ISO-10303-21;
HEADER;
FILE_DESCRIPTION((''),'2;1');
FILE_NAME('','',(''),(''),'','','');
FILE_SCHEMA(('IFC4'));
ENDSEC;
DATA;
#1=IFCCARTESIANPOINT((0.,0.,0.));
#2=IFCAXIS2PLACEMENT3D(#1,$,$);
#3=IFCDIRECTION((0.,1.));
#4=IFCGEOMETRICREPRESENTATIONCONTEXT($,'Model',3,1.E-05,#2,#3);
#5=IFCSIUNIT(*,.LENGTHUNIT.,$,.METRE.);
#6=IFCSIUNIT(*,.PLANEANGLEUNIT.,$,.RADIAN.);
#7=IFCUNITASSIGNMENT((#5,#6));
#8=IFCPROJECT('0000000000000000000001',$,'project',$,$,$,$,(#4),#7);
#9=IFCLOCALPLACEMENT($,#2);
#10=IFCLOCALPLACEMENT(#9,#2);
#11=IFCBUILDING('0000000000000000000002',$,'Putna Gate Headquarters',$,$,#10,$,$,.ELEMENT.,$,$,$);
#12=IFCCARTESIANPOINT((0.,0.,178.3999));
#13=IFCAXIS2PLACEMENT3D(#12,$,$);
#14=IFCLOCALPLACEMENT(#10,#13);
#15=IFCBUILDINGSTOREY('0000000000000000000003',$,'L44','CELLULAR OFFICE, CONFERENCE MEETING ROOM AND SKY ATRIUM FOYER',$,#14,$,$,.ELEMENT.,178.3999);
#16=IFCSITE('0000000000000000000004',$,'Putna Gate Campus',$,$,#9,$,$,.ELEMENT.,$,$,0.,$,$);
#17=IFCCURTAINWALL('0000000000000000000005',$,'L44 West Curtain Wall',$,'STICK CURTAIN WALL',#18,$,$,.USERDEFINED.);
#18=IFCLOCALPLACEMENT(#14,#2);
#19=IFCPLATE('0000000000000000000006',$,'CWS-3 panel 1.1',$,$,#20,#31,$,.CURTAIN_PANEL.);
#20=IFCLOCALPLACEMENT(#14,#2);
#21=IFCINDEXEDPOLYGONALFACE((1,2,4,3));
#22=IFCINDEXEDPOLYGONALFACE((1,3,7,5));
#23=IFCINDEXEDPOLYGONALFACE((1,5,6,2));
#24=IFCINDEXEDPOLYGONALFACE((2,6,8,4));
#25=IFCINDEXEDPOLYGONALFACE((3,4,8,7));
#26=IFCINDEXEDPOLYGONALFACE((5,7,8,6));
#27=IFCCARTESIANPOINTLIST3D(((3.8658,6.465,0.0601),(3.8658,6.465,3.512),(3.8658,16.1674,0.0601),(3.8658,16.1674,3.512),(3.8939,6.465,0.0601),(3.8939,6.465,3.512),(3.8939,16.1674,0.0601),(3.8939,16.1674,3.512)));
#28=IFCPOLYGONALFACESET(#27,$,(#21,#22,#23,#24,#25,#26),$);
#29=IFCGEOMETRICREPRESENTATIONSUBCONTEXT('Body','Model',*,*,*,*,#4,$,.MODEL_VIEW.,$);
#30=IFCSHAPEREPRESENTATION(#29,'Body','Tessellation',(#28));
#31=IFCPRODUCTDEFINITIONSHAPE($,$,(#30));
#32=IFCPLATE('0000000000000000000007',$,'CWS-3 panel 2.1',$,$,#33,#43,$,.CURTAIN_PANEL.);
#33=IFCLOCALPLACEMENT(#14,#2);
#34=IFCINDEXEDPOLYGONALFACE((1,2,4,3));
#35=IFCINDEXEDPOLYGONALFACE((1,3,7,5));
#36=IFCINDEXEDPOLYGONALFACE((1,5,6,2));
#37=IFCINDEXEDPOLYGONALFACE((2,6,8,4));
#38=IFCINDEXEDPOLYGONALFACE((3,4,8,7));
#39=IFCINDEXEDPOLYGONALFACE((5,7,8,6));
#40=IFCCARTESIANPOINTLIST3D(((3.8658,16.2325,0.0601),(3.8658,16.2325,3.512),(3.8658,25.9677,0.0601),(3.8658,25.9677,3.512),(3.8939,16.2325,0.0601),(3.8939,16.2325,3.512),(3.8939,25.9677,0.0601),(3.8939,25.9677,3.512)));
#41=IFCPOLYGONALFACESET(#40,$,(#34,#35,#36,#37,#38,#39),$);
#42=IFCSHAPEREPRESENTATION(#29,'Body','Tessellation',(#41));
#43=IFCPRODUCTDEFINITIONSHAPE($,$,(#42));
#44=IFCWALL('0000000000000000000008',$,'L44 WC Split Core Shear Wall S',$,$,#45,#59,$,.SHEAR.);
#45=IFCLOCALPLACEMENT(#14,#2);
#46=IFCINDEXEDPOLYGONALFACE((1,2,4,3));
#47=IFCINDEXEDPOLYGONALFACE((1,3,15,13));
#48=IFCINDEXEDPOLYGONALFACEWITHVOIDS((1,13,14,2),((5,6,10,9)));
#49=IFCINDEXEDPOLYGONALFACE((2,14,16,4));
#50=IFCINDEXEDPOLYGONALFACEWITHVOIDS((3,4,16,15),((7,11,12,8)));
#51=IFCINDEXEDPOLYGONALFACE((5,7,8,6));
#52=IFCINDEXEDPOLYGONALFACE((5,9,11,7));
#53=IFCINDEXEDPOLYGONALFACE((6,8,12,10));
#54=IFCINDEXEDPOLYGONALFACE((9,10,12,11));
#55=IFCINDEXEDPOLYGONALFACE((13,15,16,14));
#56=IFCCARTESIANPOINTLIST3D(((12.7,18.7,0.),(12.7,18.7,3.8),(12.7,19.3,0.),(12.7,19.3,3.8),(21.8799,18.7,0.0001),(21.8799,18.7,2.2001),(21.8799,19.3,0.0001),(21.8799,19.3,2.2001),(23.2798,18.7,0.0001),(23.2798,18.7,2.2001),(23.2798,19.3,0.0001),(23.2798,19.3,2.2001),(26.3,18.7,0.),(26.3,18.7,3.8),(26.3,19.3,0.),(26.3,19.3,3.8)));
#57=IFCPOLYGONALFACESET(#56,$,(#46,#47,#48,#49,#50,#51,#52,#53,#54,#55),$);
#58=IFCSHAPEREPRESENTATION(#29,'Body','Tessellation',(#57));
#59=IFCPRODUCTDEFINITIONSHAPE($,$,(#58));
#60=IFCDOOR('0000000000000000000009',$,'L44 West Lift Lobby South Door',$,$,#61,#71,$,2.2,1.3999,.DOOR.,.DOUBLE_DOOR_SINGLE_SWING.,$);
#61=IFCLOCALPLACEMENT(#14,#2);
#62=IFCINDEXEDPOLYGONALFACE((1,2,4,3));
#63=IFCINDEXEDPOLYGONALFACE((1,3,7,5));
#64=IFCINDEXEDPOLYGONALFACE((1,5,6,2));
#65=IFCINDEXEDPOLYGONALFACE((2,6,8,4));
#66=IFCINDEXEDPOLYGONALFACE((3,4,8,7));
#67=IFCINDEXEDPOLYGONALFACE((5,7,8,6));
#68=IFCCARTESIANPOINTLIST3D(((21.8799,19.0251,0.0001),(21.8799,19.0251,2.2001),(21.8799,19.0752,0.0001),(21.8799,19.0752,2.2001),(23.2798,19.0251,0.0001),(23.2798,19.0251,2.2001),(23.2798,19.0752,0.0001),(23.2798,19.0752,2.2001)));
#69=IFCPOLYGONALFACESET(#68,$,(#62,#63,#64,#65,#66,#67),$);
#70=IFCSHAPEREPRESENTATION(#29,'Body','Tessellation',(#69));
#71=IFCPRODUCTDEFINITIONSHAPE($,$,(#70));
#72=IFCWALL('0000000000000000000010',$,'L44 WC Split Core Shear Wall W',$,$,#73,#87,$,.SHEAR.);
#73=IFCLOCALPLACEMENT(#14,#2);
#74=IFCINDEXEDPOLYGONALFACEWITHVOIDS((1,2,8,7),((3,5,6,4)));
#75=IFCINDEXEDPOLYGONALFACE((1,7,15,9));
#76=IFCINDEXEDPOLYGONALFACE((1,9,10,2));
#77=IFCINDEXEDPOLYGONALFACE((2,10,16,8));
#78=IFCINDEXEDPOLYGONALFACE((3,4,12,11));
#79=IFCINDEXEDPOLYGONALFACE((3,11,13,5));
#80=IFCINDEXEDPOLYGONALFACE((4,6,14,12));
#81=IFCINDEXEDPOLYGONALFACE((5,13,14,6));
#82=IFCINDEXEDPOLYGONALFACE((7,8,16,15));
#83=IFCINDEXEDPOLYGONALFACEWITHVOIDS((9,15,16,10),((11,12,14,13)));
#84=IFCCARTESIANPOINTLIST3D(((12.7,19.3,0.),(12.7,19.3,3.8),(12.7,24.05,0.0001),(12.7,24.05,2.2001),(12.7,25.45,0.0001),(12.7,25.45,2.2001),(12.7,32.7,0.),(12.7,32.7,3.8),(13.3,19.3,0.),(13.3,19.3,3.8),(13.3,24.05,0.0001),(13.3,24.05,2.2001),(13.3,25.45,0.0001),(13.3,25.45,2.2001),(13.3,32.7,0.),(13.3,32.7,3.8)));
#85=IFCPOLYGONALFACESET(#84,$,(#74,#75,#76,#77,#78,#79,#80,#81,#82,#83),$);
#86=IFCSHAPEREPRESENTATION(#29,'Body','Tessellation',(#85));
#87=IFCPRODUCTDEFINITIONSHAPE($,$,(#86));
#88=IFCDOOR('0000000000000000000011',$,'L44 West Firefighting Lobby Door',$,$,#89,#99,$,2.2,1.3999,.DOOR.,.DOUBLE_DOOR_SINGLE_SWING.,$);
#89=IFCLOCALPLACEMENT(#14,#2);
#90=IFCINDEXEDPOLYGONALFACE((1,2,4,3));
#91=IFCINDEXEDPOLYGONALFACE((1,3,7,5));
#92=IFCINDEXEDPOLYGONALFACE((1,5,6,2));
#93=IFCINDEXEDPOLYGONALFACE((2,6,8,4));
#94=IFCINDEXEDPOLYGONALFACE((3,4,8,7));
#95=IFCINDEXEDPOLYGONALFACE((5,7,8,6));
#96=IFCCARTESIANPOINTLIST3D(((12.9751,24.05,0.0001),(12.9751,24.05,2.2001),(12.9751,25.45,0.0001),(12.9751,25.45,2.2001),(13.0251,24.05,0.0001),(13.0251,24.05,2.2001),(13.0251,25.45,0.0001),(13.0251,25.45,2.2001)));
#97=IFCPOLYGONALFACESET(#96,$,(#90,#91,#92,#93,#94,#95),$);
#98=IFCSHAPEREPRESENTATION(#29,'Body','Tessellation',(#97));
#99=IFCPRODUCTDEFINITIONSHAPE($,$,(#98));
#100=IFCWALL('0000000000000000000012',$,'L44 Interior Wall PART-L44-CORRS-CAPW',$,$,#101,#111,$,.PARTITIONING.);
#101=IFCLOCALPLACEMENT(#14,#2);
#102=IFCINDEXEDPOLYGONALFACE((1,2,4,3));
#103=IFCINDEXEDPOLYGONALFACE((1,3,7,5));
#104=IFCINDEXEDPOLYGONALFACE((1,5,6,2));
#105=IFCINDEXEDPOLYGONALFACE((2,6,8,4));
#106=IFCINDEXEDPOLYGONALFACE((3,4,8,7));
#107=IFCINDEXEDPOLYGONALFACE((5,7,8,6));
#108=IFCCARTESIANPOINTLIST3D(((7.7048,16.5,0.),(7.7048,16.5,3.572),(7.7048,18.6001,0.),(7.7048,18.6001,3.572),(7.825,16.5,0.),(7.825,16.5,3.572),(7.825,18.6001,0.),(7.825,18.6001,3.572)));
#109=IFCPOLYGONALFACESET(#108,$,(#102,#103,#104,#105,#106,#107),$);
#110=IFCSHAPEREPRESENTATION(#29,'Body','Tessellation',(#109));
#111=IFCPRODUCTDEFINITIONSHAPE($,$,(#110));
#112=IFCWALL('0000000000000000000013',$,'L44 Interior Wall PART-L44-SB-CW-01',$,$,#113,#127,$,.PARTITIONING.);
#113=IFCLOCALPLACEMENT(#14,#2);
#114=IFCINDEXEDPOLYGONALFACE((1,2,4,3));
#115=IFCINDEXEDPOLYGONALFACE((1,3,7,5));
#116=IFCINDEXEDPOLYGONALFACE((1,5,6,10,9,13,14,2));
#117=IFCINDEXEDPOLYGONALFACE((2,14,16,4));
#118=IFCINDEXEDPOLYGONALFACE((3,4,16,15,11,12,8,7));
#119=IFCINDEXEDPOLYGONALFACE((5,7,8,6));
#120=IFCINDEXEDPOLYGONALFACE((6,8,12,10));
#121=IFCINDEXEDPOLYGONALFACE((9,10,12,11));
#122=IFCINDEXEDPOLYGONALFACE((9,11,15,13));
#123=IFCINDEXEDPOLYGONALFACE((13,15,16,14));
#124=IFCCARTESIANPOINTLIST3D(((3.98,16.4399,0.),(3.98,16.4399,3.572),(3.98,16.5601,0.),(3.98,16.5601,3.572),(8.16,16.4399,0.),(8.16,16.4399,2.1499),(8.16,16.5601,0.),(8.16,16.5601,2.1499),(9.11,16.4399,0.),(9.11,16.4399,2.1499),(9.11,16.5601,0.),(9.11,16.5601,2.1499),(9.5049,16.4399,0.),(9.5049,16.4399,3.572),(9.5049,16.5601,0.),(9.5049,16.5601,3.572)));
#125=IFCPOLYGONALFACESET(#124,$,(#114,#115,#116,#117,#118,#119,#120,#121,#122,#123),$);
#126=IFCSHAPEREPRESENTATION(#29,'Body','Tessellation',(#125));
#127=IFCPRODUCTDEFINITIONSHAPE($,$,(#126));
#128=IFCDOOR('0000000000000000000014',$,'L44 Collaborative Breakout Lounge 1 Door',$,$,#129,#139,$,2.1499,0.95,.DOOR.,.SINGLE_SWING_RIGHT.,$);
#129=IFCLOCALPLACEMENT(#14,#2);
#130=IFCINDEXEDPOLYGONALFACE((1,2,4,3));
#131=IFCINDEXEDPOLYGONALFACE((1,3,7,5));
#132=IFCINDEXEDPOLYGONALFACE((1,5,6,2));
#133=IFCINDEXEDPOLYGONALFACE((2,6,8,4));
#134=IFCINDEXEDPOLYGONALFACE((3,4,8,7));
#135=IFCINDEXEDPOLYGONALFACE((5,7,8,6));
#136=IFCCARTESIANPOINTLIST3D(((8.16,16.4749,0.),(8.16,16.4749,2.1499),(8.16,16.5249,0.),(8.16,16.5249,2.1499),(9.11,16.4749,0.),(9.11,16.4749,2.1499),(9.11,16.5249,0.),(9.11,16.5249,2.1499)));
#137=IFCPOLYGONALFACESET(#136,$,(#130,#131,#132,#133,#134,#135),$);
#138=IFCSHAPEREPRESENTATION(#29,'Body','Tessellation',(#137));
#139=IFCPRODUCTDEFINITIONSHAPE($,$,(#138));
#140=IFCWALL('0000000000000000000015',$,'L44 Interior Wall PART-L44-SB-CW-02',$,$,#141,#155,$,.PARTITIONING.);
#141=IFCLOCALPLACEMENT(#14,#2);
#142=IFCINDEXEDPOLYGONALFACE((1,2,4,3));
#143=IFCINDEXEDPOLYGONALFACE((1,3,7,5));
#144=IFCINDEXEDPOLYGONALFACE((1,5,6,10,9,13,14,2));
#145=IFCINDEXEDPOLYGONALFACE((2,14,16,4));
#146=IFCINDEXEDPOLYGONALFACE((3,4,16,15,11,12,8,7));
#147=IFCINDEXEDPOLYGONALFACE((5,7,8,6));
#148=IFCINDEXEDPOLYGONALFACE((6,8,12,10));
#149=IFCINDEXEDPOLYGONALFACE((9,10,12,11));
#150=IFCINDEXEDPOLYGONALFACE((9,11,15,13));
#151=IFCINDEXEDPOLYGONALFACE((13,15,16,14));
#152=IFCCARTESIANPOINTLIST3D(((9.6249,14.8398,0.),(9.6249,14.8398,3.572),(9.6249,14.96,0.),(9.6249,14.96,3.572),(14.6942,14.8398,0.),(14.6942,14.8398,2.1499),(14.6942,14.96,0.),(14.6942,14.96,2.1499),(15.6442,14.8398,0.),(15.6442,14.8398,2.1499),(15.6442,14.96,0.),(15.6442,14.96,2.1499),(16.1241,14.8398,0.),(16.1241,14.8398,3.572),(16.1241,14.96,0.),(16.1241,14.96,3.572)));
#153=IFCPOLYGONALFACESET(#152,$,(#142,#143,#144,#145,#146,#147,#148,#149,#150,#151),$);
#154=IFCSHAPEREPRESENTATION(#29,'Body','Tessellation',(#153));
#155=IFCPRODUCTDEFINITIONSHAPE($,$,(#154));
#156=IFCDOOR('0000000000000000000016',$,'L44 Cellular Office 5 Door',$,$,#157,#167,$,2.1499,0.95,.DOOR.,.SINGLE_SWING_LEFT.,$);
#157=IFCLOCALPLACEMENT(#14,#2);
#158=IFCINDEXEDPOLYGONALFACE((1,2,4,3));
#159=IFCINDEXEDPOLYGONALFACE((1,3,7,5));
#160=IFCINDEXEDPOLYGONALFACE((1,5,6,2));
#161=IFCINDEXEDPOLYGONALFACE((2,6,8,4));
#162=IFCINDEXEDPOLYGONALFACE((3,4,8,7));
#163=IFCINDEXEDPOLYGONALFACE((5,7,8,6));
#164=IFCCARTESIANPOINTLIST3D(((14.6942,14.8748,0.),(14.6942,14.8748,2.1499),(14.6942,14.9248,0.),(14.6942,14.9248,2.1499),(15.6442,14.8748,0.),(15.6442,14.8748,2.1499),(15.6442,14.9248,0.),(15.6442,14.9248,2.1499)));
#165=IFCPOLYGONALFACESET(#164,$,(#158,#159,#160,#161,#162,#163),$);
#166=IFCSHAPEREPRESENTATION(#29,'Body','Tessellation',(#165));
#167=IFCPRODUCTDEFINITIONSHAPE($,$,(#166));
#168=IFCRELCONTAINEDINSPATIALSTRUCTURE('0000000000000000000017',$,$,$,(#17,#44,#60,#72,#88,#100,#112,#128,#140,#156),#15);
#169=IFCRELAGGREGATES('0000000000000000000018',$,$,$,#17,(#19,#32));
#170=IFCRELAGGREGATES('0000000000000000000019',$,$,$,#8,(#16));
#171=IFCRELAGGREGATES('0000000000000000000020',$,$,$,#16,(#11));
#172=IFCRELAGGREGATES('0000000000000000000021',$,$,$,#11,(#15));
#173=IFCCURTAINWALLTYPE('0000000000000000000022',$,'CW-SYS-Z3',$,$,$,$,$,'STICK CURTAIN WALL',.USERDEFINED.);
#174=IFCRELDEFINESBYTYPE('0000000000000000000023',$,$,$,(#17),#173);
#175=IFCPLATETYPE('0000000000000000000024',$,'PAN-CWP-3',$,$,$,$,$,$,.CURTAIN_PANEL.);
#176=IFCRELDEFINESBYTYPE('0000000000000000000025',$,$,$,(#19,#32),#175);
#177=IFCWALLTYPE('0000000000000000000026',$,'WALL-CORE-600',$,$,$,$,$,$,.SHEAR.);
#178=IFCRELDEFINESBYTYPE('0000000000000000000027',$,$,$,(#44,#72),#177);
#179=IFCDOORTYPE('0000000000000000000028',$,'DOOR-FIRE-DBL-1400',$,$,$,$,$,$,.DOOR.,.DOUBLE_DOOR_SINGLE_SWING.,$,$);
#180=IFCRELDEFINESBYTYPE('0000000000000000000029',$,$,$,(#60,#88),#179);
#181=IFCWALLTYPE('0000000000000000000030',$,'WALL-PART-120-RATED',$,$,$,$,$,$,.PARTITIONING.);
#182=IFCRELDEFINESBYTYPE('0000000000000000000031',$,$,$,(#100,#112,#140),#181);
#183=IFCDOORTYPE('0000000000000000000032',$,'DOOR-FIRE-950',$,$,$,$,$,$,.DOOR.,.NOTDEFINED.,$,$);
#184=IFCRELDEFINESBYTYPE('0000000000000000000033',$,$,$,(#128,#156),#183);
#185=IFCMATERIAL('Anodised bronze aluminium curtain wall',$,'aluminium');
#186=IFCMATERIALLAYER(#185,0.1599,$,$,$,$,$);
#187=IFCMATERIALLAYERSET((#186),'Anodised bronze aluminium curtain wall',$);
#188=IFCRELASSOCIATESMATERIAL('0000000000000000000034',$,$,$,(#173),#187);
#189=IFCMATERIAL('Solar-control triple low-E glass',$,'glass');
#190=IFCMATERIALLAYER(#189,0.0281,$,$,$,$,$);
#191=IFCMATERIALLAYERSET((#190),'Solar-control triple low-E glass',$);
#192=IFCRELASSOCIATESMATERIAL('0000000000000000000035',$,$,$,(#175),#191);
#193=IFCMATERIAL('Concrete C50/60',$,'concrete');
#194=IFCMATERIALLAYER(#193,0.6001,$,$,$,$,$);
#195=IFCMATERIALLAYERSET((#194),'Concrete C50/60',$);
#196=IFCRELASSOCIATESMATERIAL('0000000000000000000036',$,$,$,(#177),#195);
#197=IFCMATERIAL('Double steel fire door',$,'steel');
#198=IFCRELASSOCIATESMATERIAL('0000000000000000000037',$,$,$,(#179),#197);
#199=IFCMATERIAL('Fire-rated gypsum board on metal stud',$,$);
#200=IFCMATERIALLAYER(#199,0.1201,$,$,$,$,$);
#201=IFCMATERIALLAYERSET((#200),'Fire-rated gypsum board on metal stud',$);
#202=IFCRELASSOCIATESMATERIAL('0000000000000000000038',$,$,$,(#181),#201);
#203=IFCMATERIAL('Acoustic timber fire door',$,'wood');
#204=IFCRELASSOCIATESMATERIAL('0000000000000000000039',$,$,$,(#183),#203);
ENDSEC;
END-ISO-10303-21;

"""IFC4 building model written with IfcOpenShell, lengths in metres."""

from ifc_helpers import new_model, si_unit, direction, frame, frame_2d, origin, origin_2d, place, context, subcontext, project, spatial, rectangle, extrude, material, layer, layer_set, type_object, element, fill, aggregate, save


model = new_model("IFC4")

# Units and contexts
model_context = context("Model", 3, precision=1e-05, world=origin(), true_north=direction((0.0, 1.0)))
body_context = subcontext(model_context, "Body", "Model", "MODEL_VIEW")
ifc_project = project(units=[si_unit("LENGTHUNIT", "METRE"), si_unit("PLANEANGLEUNIT", "RADIAN")], contexts=[model_context])

# Site, building, storey
site_placement = place(None, origin())
site = spatial("IfcSite", under=ifc_project, at=site_placement, Name="Putna Gate Campus", CompositionType="ELEMENT", RefElevation=0.0)
building_placement = place(site_placement, origin())
building = spatial("IfcBuilding", under=site, at=building_placement, Name="Putna Gate Headquarters", CompositionType="ELEMENT")
storey_placement = place(building_placement, frame((0.0, 0.0, 178.3999)))
storey = spatial("IfcBuildingStorey", under=building, at=storey_placement, Name="L44", Description="CELLULAR OFFICE, CONFERENCE MEETING ROOM AND SKY ATRIUM FOYER", CompositionType="ELEMENT", Elevation=178.3999)

# Shared definitions
ifc_material_1 = material(Name="Concrete C50/60", Category="concrete")

# Curtain wall, plates
ifc_material_2 = material(Name="Anodised bronze aluminium curtain wall", Category="aluminium")
ifc_layer_1 = layer(ifc_material_2, 0.1599)
ifc_layer_set_1 = layer_set([ifc_layer_1], Name="Anodised bronze aluminium curtain wall")
curtain_wall_type = type_object("IfcCurtainWallType", Name="CW-SYS-Z3", ElementType="STICK CURTAIN WALL", PredefinedType="USERDEFINED", material=ifc_layer_set_1)
curtain_wall_placement = place(storey_placement, origin())
curtain_wall = element("IfcCurtainWall", 1, at=curtain_wall_placement, inside=storey, type_object=curtain_wall_type, Name="L44 West Curtain Wall", ObjectType="STICK CURTAIN WALL", PredefinedType="USERDEFINED")
ifc_material_3 = material(Name="Solar-control triple low-E glass", Category="glass")
ifc_layer_2 = layer(ifc_material_3, 0.0281)
ifc_layer_set_2 = layer_set([ifc_layer_2], Name="Solar-control triple low-E glass")
plate_type = type_object("IfcPlateType", Name="PAN-CWP-3", PredefinedType="CURTAIN_PANEL", material=ifc_layer_set_2)
plate_1_placement = place(storey_placement, frame((3.8799, 11.3162, 0.0601), z_axis=(0.0, 0.0, 1.0), x_axis=(0.0, 1.0, 0.0)))
plate_1 = element("IfcPlate", 2, at=plate_1_placement, type_object=plate_type, Name="CWS-3 panel 1.1", PredefinedType="CURTAIN_PANEL", context=body_context, shape_type="SweptSolid", body=[
    extrude(rectangle(XDim=9.7024, YDim=0.0281, at=origin_2d()), origin(), (0.0, 0.0, 1.0), 3.4519),
])
plate_2_placement = place(storey_placement, frame((3.8799, 21.1001, 0.0601), z_axis=(0.0, 0.0, 1.0), x_axis=(0.0, 1.0, 0.0)))
plate_2 = element("IfcPlate", 3, at=plate_2_placement, type_object=plate_type, Name="CWS-3 panel 2.1", PredefinedType="CURTAIN_PANEL", context=body_context, shape_type="SweptSolid", body=[
    extrude(rectangle(XDim=9.7351, YDim=0.0281, at=origin_2d()), origin(), (0.0, 0.0, 1.0), 3.4519),
])
aggregate(curtain_wall, [plate_1, plate_2])

# Walls, openings, doors
ifc_layer_3 = layer(ifc_material_1, 0.6001)
ifc_layer_set_3 = layer_set([ifc_layer_3], Name="Concrete C50/60")
wall_type_1 = type_object("IfcWallType", Name="WALL-CORE-600", PredefinedType="SHEAR", material=ifc_layer_set_3)
wall_1_placement = place(storey_placement, frame((12.7, 19.0, 0.0), z_axis=(0.0, 0.0, 1.0), x_axis=(1.0, 0.0, 0.0)))
wall_1 = element("IfcWall", 4, at=wall_1_placement, inside=storey, type_object=wall_type_1, Name="L44 WC Split Core Shear Wall S", PredefinedType="SHEAR", context=body_context, shape_type="SweptSolid", body=[
    extrude(rectangle(XDim=13.6001, YDim=0.6001, at=frame_2d((6.8, 0.0))), origin(), (0.0, 0.0, 1.0), 3.8),
])
opening_1_placement = place(wall_1_placement, frame((9.1799, 0.0, 0.0)))
opening_1 = element("IfcOpeningElement", 5, at=opening_1_placement, cuts=wall_1, PredefinedType="OPENING", context=body_context, shape_type="SweptSolid", body=[
    extrude(rectangle(XDim=1.3999, YDim=2.2, at=frame_2d((0.7, 1.1001))), frame((0.0, 0.3101, 0.0), z_axis=(0.0, -1.0, 0.0), x_axis=(1.0, 0.0, 0.0)), (0.0, 0.0, 1.0), 0.6201),
])
ifc_material_4 = material(Name="Double steel fire door", Category="steel")
door_type_1 = type_object("IfcDoorType", Name="DOOR-FIRE-DBL-1400", OperationType="DOUBLE_DOOR_SINGLE_SWING", PredefinedType="DOOR", material=ifc_material_4)
door_1_placement = place(opening_1_placement, origin())
door_1 = element("IfcDoor", 6, at=door_1_placement, inside=storey, type_object=door_type_1, Name="L44 West Lift Lobby South Door", OperationType="DOUBLE_DOOR_SINGLE_SWING", OverallHeight=2.2, OverallWidth=1.3999, PredefinedType="DOOR", context=body_context, shape_type="SweptSolid", body=[
    extrude(rectangle(XDim=1.3999, YDim=2.2, at=frame_2d((0.7, 1.1001))), frame((0.0, 0.0752, 0.0), z_axis=(0.0, -1.0, 0.0), x_axis=(1.0, 0.0, 0.0)), (0.0, 0.0, 1.0), 0.05),
])
fill(opening_1, door_1)
wall_2_placement = place(storey_placement, frame((13.0, 19.3, 0.0), z_axis=(0.0, 0.0, 1.0), x_axis=(0.0, 1.0, 0.0)))
wall_2 = element("IfcWall", 7, at=wall_2_placement, inside=storey, type_object=wall_type_1, Name="L44 WC Split Core Shear Wall W", PredefinedType="SHEAR", context=body_context, shape_type="SweptSolid", body=[
    extrude(rectangle(XDim=13.3999, YDim=0.6001, at=frame_2d((6.7, 0.0))), origin(), (0.0, 0.0, 1.0), 3.8),
])
opening_2_placement = place(wall_2_placement, frame((4.75, 0.0, 0.0)))
opening_2 = element("IfcOpeningElement", 8, at=opening_2_placement, cuts=wall_2, PredefinedType="OPENING", context=body_context, shape_type="SweptSolid", body=[
    extrude(rectangle(XDim=1.3999, YDim=2.2, at=frame_2d((0.7, 1.1001))), frame((0.0, 0.3101, 0.0), z_axis=(0.0, -1.0, 0.0), x_axis=(1.0, 0.0, 0.0)), (0.0, 0.0, 1.0), 0.6201),
])
door_2_placement = place(opening_2_placement, origin())
door_2 = element("IfcDoor", 9, at=door_2_placement, inside=storey, type_object=door_type_1, Name="L44 West Firefighting Lobby Door", OperationType="DOUBLE_DOOR_SINGLE_SWING", OverallHeight=2.2, OverallWidth=1.3999, PredefinedType="DOOR", context=body_context, shape_type="SweptSolid", body=[
    extrude(rectangle(XDim=1.3999, YDim=2.2, at=frame_2d((0.7, 1.1001))), frame((0.0, 0.0249, 0.0), z_axis=(0.0, -1.0, 0.0), x_axis=(1.0, 0.0, 0.0)), (0.0, 0.0, 1.0), 0.05),
])
fill(opening_2, door_2)

# Wall
ifc_material_5 = material(Name="Fire-rated gypsum board on metal stud")
ifc_layer_4 = layer(ifc_material_5, 0.1201)
ifc_layer_set_4 = layer_set([ifc_layer_4], Name="Fire-rated gypsum board on metal stud")
wall_type_2 = type_object("IfcWallType", Name="WALL-PART-120-RATED", PredefinedType="PARTITIONING", material=ifc_layer_set_4)
wall_3_placement = place(storey_placement, frame((7.7649, 16.5, 0.0), z_axis=(0.0, 0.0, 1.0), x_axis=(0.0, 1.0, 0.0)))
element("IfcWall", 10, at=wall_3_placement, inside=storey, type_object=wall_type_2, Name="L44 Interior Wall PART-L44-CORRS-CAPW", PredefinedType="PARTITIONING", context=body_context, shape_type="SweptSolid", body=[
    extrude(rectangle(XDim=2.1001, YDim=0.1201, at=frame_2d((1.05, 0.0))), origin(), (0.0, 0.0, 1.0), 3.572),
])

# Walls, openings, doors
wall_4_placement = place(storey_placement, frame((3.98, 16.5, 0.0), z_axis=(0.0, 0.0, 1.0), x_axis=(1.0, 0.0, 0.0)))
wall_4 = element("IfcWall", 11, at=wall_4_placement, inside=storey, type_object=wall_type_2, Name="L44 Interior Wall PART-L44-SB-CW-01", PredefinedType="PARTITIONING", context=body_context, shape_type="SweptSolid", body=[
    extrude(rectangle(XDim=5.5249, YDim=0.1201, at=frame_2d((2.7625, 0.0))), origin(), (0.0, 0.0, 1.0), 3.572),
])
opening_3_placement = place(wall_4_placement, frame((4.1799, 0.0, 0.0)))
opening_3 = element("IfcOpeningElement", 12, at=opening_3_placement, cuts=wall_4, PredefinedType="OPENING", context=body_context, shape_type="SweptSolid", body=[
    extrude(rectangle(XDim=0.95, YDim=2.1499, at=frame_2d((0.4751, 1.075))), frame((0.0, 0.0701, 0.0), z_axis=(0.0, -1.0, 0.0), x_axis=(1.0, 0.0, 0.0)), (0.0, 0.0, 1.0), 0.1401),
])
ifc_material_6 = material(Name="Acoustic timber fire door", Category="wood")
door_type_2 = type_object("IfcDoorType", Name="DOOR-FIRE-950", OperationType="NOTDEFINED", PredefinedType="DOOR", material=ifc_material_6)
door_3_placement = place(opening_3_placement, origin())
door_3 = element("IfcDoor", 13, at=door_3_placement, inside=storey, type_object=door_type_2, Name="L44 Collaborative Breakout Lounge 1 Door", OperationType="SINGLE_SWING_RIGHT", OverallHeight=2.1499, OverallWidth=0.95, PredefinedType="DOOR", context=body_context, shape_type="SweptSolid", body=[
    extrude(rectangle(XDim=0.95, YDim=2.1499, at=frame_2d((0.4751, 1.075))), frame((0.0, 0.0249, 0.0), z_axis=(0.0, -1.0, 0.0), x_axis=(1.0, 0.0, 0.0)), (0.0, 0.0, 1.0), 0.05),
])
fill(opening_3, door_3)
wall_5_placement = place(storey_placement, frame((9.625, 14.8999, 0.0), z_axis=(0.0, 0.0, 1.0), x_axis=(1.0, 0.0, 0.0)))
wall_5 = element("IfcWall", 14, at=wall_5_placement, inside=storey, type_object=wall_type_2, Name="L44 Interior Wall PART-L44-SB-CW-02", PredefinedType="PARTITIONING", context=body_context, shape_type="SweptSolid", body=[
    extrude(rectangle(XDim=6.4993, YDim=0.1201, at=frame_2d((3.2495, 0.0))), origin(), (0.0, 0.0, 1.0), 3.572),
])
opening_4_placement = place(wall_5_placement, frame((5.0691, 0.0, 0.0)))
opening_4 = element("IfcOpeningElement", 15, at=opening_4_placement, cuts=wall_5, PredefinedType="OPENING", context=body_context, shape_type="SweptSolid", body=[
    extrude(rectangle(XDim=0.95, YDim=2.1499, at=frame_2d((0.4751, 1.075))), frame((0.0, 0.0701, 0.0), z_axis=(0.0, -1.0, 0.0), x_axis=(1.0, 0.0, 0.0)), (0.0, 0.0, 1.0), 0.1401),
])
door_4_placement = place(opening_4_placement, origin())
door_4 = element("IfcDoor", 16, at=door_4_placement, inside=storey, type_object=door_type_2, Name="L44 Cellular Office 5 Door", OperationType="SINGLE_SWING_LEFT", OverallHeight=2.1499, OverallWidth=0.95, PredefinedType="DOOR", context=body_context, shape_type="SweptSolid", body=[
    extrude(rectangle(XDim=0.95, YDim=2.1499, at=frame_2d((0.4751, 1.075))), frame((0.0, 0.0249, 0.0), z_axis=(0.0, -1.0, 0.0), x_axis=(1.0, 0.0, 0.0)), (0.0, 0.0, 1.0), 0.05),
])
fill(opening_4, door_4)

save(model, "model.ifc")
